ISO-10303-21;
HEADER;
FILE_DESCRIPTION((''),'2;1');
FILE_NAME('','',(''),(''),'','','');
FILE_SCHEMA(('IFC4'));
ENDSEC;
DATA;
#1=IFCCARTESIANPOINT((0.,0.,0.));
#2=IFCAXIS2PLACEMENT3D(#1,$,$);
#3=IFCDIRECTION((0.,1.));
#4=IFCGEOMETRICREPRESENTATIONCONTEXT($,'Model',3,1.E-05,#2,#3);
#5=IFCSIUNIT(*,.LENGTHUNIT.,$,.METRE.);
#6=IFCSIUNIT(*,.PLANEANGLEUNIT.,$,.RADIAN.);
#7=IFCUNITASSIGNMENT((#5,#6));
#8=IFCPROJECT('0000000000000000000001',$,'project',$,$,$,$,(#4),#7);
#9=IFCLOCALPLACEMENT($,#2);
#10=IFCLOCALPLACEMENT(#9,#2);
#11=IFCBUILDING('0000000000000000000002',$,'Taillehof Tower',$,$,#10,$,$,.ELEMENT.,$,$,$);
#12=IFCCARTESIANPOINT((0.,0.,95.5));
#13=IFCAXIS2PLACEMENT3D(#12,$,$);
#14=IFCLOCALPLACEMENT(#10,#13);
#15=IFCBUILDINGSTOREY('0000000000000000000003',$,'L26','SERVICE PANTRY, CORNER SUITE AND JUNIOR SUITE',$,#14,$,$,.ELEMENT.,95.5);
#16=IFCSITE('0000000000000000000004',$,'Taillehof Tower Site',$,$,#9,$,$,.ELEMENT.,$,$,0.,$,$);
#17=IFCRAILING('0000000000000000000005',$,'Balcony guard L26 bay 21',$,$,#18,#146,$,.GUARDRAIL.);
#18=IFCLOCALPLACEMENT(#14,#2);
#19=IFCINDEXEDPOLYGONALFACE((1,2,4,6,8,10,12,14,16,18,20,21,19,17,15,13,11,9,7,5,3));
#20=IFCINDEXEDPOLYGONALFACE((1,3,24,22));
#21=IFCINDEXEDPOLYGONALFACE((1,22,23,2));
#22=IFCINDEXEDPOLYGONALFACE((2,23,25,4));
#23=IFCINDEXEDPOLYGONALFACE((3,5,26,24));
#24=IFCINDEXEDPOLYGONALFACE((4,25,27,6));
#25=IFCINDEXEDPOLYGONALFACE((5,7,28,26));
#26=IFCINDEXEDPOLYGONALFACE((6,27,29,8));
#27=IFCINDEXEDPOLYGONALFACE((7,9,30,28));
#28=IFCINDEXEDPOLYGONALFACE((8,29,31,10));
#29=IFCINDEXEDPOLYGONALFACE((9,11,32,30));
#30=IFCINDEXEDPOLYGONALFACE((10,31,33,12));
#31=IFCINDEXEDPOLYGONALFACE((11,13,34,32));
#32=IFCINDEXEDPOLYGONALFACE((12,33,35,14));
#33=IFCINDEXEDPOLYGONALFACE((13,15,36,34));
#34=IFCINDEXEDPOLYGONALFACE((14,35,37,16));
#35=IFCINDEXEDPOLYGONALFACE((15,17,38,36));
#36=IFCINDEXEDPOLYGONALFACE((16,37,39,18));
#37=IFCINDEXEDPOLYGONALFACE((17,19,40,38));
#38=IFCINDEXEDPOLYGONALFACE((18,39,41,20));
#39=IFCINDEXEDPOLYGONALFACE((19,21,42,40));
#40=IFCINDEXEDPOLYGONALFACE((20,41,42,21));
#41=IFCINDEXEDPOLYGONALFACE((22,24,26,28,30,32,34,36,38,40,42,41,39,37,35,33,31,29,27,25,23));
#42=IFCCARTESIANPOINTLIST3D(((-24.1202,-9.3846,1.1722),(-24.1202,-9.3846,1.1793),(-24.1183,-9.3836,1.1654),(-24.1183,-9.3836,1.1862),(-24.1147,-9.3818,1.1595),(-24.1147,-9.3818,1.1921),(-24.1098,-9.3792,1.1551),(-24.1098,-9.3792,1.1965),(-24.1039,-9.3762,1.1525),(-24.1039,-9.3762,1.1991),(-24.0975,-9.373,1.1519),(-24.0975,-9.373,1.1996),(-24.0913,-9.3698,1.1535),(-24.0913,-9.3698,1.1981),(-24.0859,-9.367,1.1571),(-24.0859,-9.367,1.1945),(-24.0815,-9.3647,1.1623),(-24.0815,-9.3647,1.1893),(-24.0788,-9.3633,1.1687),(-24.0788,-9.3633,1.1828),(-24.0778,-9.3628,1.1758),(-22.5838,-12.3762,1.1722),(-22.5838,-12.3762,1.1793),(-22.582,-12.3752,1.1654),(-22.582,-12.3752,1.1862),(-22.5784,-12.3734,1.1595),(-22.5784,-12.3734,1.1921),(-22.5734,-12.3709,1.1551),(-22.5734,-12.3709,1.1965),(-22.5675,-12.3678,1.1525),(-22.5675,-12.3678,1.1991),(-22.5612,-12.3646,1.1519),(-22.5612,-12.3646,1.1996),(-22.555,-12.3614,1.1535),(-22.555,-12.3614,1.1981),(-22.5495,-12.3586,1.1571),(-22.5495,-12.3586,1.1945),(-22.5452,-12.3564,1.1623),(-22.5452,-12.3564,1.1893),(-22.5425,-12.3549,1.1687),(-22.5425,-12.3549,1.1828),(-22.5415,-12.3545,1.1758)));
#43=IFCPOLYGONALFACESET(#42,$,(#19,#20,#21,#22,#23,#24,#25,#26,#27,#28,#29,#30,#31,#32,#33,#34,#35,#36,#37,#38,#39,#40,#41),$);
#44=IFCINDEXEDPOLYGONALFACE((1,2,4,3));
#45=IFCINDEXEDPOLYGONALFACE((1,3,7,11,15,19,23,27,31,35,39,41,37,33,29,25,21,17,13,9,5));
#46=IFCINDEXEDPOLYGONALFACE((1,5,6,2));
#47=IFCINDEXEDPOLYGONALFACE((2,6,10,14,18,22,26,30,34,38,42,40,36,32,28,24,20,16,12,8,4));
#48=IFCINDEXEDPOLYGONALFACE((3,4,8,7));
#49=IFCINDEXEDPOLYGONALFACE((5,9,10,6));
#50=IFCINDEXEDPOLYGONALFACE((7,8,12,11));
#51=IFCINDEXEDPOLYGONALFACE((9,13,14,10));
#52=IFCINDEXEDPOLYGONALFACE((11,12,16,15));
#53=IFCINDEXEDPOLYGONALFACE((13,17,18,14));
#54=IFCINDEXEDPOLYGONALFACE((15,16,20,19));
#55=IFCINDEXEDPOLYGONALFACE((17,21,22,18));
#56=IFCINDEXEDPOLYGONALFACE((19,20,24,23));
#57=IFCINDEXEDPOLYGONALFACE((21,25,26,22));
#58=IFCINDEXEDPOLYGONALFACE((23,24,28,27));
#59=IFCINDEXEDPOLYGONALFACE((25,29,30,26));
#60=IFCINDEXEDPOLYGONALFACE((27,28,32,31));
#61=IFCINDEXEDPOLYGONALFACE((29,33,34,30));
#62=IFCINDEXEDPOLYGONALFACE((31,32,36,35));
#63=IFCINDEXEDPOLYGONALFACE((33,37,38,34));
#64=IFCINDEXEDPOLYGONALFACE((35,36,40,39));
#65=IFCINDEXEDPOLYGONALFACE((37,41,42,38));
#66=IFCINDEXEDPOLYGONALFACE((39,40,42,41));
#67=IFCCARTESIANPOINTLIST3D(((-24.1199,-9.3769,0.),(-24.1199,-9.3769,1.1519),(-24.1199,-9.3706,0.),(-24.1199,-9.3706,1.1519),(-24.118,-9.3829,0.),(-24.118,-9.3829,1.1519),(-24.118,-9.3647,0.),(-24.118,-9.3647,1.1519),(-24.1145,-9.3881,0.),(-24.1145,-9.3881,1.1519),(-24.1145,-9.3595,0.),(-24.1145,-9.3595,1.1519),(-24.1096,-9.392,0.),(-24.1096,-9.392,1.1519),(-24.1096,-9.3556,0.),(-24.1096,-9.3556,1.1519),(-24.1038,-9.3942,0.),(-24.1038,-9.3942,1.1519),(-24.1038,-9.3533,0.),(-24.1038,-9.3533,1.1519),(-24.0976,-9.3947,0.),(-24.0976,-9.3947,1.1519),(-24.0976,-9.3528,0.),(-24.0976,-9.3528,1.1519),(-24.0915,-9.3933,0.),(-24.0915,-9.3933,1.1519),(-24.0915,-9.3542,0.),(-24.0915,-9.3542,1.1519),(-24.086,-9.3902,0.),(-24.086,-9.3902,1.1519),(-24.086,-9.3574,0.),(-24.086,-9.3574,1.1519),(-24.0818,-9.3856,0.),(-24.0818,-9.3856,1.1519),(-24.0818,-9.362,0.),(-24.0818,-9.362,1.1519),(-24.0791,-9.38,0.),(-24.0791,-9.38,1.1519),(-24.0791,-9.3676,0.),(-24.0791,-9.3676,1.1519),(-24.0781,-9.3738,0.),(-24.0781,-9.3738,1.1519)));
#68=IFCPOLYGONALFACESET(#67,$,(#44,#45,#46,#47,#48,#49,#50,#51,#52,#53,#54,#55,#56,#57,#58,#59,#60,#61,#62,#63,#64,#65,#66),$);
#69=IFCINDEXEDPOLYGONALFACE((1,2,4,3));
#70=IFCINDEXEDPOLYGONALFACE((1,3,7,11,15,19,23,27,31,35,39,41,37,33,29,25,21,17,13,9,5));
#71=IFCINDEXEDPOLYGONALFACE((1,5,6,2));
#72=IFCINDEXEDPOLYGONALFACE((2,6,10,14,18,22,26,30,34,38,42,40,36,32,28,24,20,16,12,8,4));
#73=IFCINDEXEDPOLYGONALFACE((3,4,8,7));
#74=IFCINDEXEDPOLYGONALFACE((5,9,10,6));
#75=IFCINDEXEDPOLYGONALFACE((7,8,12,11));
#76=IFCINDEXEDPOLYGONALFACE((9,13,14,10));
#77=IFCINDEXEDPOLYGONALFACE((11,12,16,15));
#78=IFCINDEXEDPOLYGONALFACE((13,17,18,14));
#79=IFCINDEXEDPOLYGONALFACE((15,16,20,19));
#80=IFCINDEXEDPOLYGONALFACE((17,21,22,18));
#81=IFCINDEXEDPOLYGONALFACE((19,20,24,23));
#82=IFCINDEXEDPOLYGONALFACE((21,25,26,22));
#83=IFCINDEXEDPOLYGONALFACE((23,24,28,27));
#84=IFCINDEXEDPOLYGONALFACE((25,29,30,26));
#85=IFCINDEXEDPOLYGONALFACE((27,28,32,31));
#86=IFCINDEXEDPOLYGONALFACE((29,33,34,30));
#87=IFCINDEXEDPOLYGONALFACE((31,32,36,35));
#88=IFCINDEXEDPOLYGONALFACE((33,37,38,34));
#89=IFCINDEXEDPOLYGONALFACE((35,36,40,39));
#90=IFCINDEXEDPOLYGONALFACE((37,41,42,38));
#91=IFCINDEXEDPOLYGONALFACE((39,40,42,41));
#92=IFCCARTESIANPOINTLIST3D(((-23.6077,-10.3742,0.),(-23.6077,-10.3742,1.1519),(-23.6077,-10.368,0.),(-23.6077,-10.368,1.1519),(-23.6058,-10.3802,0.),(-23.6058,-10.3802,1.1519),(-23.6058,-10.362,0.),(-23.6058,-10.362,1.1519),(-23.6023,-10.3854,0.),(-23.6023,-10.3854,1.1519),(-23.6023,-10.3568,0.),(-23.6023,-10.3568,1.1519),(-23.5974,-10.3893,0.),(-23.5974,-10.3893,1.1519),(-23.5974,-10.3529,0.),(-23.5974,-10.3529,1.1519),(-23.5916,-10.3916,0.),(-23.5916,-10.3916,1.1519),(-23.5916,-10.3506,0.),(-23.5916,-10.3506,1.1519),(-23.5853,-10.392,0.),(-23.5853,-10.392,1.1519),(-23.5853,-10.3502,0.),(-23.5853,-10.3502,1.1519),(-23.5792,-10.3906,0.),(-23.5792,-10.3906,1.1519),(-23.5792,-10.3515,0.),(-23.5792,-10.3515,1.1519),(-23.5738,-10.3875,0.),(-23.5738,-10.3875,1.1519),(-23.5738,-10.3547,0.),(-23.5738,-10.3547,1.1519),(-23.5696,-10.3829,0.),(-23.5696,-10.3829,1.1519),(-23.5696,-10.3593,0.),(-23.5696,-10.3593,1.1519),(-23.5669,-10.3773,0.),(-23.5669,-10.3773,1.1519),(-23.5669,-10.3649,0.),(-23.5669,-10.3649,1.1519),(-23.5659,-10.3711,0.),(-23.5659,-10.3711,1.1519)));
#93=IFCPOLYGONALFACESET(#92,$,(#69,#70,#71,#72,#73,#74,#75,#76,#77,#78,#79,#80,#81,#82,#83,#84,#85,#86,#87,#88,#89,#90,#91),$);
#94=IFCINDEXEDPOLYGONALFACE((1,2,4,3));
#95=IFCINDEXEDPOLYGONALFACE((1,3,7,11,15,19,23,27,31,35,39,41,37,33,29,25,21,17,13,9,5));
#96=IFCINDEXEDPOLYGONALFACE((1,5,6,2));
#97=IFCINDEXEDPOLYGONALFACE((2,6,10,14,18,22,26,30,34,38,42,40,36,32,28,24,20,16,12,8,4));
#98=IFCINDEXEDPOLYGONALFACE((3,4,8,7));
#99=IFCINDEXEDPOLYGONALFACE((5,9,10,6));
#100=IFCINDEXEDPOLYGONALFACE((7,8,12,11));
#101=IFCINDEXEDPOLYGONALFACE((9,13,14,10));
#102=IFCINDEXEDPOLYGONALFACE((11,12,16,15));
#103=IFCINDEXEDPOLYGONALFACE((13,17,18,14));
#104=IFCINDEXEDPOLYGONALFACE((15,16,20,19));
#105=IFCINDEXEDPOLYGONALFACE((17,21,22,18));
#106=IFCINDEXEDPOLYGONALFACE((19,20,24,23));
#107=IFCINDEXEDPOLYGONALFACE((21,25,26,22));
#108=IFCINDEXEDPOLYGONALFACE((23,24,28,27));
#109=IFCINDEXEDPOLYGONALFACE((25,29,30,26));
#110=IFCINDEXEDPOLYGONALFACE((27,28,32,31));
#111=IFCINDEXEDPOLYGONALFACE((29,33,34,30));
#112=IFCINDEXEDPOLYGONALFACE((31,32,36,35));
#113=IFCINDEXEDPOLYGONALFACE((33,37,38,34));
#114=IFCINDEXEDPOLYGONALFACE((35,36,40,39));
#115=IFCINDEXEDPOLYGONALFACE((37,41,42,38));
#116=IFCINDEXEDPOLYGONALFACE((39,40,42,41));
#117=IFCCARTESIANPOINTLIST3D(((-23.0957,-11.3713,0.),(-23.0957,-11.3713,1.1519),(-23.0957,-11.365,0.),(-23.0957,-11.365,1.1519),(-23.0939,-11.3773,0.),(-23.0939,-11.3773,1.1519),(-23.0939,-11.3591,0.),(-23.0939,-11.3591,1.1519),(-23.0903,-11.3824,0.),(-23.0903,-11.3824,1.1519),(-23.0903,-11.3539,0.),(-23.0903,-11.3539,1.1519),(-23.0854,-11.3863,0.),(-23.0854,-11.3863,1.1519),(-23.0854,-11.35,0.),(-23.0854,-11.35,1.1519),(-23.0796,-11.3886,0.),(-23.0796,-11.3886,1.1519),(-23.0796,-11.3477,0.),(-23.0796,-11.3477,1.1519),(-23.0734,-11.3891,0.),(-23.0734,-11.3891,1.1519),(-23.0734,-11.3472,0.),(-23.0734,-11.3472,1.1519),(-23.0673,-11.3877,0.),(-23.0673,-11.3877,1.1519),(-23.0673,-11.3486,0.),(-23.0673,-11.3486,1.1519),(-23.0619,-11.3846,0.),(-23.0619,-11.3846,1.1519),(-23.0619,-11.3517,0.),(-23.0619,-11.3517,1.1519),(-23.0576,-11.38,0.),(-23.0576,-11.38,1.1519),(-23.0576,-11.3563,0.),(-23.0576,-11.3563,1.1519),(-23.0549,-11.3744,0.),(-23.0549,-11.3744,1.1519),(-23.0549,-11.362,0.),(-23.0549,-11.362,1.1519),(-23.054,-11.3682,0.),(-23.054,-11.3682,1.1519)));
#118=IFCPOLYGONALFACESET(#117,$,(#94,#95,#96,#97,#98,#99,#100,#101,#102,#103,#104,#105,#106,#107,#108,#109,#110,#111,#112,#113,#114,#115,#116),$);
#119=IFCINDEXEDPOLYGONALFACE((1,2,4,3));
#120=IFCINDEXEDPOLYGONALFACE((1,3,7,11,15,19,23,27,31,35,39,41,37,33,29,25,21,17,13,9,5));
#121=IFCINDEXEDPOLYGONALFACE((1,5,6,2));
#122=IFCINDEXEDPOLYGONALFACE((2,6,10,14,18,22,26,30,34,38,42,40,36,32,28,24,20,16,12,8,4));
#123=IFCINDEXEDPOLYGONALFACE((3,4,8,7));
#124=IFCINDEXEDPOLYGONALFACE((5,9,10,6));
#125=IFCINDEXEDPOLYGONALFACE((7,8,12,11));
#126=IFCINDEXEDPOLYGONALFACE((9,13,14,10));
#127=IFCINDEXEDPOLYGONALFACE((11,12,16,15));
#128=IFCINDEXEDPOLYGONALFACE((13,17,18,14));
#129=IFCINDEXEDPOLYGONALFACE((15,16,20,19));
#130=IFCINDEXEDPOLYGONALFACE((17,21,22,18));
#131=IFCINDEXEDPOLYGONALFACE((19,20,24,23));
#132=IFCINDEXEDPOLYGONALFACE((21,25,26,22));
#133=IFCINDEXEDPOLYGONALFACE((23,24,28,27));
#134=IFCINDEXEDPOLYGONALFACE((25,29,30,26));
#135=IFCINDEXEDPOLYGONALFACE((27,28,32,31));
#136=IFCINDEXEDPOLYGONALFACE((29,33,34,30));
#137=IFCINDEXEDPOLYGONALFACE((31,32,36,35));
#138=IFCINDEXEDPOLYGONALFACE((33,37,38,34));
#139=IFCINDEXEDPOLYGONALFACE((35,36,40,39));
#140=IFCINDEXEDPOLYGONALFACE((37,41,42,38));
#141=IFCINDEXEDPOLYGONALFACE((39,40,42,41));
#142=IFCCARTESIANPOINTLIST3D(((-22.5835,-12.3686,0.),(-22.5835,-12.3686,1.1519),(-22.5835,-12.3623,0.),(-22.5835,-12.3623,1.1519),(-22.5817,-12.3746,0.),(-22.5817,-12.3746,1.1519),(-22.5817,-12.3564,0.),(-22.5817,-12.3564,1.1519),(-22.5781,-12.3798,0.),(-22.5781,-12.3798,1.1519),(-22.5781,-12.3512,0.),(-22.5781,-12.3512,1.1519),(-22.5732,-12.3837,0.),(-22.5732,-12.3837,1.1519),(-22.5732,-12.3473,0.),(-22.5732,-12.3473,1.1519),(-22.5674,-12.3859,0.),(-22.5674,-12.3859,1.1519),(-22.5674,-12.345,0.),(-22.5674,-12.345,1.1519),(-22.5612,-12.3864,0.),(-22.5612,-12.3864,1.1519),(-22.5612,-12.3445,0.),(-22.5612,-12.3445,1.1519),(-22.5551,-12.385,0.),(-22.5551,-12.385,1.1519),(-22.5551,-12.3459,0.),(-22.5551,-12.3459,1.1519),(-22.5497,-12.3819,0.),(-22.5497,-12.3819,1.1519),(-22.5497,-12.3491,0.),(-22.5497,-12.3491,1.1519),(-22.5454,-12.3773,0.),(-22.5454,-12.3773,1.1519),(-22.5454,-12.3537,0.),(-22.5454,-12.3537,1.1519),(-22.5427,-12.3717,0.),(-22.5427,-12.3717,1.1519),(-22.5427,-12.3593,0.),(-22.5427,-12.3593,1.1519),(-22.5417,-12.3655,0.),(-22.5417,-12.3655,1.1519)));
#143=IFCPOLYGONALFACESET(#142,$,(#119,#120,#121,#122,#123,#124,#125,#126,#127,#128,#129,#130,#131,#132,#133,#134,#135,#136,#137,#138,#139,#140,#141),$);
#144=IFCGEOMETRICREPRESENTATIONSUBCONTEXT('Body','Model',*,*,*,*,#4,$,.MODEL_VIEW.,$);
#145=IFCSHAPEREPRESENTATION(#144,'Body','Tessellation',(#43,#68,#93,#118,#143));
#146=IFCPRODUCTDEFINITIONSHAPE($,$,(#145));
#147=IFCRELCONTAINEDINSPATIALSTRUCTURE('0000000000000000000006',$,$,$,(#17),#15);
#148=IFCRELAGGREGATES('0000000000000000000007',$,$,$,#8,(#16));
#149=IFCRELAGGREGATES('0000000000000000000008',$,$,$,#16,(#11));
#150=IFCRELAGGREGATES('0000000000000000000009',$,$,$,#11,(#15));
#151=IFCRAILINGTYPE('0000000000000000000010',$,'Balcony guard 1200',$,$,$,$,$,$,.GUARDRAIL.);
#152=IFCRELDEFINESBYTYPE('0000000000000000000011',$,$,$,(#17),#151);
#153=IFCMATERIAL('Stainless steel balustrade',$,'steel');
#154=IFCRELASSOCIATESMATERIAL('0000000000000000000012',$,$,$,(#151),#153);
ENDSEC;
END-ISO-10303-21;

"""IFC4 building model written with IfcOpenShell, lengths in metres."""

from ifc_helpers import new_model, si_unit, direction, frame, origin, origin_2d, place, context, subcontext, project, spatial, circle, extrude, material, type_object, element, save


model = new_model("IFC4")

# Units and contexts
model_context = context("Model", 3, precision=1e-05, world=origin(), true_north=direction((0.0, 1.0)))
body_context = subcontext(model_context, "Body", "Model", "MODEL_VIEW")
ifc_project = project(units=[si_unit("LENGTHUNIT", "METRE"), si_unit("PLANEANGLEUNIT", "RADIAN")], contexts=[model_context])

# Site, building, storey
site_placement = place(None, origin())
site = spatial("IfcSite", under=ifc_project, at=site_placement, Name="Taillehof Tower Site", CompositionType="ELEMENT", RefElevation=0.0)
building_placement = place(site_placement, origin())
building = spatial("IfcBuilding", under=site, at=building_placement, Name="Taillehof Tower", CompositionType="ELEMENT")
storey_placement = place(building_placement, frame((0.0, 0.0, 95.5)))
storey = spatial("IfcBuildingStorey", under=building, at=storey_placement, Name="L26", Description="SERVICE PANTRY, CORNER SUITE AND JUNIOR SUITE", CompositionType="ELEMENT", Elevation=95.5)

# Railing
ifc_material_1 = material(Name="Stainless steel balustrade", Category="steel")
railing_type_1 = type_object("IfcRailingType", Name="Balcony guard 1200", PredefinedType="GUARDRAIL", material=ifc_material_1)
railing_1_placement = place(storey_placement, frame((-24.0991, -9.3738, 0.0)))
element("IfcRailing", 1, at=railing_1_placement, inside=storey, type_object=railing_type_1, Name="Balcony guard L26 bay 21", PredefinedType="GUARDRAIL", context=body_context, shape_type="SweptSolid", body=[
    extrude(circle(Radius=0.0239, at=origin_2d()), frame((0.0, 0.0, 1.1758), z_axis=(0.456828, -0.889555, 0.0), x_axis=(0.889555, 0.456828, 0.0)), (0.0, 0.0, 1.0), 3.363),
    extrude(circle(Radius=0.021, at=origin_2d()), origin(), (0.0, 0.0, 1.0), 1.1519),
    extrude(circle(Radius=0.021, at=origin_2d()), frame((0.5122, -0.9973, 0.0)), (0.0, 0.0, 1.0), 1.1519),
    extrude(circle(Radius=0.021, at=origin_2d()), frame((1.0242, -1.9944, 0.0)), (0.0, 0.0, 1.0), 1.1519),
    extrude(circle(Radius=0.021, at=origin_2d()), frame((1.5364, -2.9917, 0.0)), (0.0, 0.0, 1.0), 1.1519),
])

save(model, "model.ifc")
